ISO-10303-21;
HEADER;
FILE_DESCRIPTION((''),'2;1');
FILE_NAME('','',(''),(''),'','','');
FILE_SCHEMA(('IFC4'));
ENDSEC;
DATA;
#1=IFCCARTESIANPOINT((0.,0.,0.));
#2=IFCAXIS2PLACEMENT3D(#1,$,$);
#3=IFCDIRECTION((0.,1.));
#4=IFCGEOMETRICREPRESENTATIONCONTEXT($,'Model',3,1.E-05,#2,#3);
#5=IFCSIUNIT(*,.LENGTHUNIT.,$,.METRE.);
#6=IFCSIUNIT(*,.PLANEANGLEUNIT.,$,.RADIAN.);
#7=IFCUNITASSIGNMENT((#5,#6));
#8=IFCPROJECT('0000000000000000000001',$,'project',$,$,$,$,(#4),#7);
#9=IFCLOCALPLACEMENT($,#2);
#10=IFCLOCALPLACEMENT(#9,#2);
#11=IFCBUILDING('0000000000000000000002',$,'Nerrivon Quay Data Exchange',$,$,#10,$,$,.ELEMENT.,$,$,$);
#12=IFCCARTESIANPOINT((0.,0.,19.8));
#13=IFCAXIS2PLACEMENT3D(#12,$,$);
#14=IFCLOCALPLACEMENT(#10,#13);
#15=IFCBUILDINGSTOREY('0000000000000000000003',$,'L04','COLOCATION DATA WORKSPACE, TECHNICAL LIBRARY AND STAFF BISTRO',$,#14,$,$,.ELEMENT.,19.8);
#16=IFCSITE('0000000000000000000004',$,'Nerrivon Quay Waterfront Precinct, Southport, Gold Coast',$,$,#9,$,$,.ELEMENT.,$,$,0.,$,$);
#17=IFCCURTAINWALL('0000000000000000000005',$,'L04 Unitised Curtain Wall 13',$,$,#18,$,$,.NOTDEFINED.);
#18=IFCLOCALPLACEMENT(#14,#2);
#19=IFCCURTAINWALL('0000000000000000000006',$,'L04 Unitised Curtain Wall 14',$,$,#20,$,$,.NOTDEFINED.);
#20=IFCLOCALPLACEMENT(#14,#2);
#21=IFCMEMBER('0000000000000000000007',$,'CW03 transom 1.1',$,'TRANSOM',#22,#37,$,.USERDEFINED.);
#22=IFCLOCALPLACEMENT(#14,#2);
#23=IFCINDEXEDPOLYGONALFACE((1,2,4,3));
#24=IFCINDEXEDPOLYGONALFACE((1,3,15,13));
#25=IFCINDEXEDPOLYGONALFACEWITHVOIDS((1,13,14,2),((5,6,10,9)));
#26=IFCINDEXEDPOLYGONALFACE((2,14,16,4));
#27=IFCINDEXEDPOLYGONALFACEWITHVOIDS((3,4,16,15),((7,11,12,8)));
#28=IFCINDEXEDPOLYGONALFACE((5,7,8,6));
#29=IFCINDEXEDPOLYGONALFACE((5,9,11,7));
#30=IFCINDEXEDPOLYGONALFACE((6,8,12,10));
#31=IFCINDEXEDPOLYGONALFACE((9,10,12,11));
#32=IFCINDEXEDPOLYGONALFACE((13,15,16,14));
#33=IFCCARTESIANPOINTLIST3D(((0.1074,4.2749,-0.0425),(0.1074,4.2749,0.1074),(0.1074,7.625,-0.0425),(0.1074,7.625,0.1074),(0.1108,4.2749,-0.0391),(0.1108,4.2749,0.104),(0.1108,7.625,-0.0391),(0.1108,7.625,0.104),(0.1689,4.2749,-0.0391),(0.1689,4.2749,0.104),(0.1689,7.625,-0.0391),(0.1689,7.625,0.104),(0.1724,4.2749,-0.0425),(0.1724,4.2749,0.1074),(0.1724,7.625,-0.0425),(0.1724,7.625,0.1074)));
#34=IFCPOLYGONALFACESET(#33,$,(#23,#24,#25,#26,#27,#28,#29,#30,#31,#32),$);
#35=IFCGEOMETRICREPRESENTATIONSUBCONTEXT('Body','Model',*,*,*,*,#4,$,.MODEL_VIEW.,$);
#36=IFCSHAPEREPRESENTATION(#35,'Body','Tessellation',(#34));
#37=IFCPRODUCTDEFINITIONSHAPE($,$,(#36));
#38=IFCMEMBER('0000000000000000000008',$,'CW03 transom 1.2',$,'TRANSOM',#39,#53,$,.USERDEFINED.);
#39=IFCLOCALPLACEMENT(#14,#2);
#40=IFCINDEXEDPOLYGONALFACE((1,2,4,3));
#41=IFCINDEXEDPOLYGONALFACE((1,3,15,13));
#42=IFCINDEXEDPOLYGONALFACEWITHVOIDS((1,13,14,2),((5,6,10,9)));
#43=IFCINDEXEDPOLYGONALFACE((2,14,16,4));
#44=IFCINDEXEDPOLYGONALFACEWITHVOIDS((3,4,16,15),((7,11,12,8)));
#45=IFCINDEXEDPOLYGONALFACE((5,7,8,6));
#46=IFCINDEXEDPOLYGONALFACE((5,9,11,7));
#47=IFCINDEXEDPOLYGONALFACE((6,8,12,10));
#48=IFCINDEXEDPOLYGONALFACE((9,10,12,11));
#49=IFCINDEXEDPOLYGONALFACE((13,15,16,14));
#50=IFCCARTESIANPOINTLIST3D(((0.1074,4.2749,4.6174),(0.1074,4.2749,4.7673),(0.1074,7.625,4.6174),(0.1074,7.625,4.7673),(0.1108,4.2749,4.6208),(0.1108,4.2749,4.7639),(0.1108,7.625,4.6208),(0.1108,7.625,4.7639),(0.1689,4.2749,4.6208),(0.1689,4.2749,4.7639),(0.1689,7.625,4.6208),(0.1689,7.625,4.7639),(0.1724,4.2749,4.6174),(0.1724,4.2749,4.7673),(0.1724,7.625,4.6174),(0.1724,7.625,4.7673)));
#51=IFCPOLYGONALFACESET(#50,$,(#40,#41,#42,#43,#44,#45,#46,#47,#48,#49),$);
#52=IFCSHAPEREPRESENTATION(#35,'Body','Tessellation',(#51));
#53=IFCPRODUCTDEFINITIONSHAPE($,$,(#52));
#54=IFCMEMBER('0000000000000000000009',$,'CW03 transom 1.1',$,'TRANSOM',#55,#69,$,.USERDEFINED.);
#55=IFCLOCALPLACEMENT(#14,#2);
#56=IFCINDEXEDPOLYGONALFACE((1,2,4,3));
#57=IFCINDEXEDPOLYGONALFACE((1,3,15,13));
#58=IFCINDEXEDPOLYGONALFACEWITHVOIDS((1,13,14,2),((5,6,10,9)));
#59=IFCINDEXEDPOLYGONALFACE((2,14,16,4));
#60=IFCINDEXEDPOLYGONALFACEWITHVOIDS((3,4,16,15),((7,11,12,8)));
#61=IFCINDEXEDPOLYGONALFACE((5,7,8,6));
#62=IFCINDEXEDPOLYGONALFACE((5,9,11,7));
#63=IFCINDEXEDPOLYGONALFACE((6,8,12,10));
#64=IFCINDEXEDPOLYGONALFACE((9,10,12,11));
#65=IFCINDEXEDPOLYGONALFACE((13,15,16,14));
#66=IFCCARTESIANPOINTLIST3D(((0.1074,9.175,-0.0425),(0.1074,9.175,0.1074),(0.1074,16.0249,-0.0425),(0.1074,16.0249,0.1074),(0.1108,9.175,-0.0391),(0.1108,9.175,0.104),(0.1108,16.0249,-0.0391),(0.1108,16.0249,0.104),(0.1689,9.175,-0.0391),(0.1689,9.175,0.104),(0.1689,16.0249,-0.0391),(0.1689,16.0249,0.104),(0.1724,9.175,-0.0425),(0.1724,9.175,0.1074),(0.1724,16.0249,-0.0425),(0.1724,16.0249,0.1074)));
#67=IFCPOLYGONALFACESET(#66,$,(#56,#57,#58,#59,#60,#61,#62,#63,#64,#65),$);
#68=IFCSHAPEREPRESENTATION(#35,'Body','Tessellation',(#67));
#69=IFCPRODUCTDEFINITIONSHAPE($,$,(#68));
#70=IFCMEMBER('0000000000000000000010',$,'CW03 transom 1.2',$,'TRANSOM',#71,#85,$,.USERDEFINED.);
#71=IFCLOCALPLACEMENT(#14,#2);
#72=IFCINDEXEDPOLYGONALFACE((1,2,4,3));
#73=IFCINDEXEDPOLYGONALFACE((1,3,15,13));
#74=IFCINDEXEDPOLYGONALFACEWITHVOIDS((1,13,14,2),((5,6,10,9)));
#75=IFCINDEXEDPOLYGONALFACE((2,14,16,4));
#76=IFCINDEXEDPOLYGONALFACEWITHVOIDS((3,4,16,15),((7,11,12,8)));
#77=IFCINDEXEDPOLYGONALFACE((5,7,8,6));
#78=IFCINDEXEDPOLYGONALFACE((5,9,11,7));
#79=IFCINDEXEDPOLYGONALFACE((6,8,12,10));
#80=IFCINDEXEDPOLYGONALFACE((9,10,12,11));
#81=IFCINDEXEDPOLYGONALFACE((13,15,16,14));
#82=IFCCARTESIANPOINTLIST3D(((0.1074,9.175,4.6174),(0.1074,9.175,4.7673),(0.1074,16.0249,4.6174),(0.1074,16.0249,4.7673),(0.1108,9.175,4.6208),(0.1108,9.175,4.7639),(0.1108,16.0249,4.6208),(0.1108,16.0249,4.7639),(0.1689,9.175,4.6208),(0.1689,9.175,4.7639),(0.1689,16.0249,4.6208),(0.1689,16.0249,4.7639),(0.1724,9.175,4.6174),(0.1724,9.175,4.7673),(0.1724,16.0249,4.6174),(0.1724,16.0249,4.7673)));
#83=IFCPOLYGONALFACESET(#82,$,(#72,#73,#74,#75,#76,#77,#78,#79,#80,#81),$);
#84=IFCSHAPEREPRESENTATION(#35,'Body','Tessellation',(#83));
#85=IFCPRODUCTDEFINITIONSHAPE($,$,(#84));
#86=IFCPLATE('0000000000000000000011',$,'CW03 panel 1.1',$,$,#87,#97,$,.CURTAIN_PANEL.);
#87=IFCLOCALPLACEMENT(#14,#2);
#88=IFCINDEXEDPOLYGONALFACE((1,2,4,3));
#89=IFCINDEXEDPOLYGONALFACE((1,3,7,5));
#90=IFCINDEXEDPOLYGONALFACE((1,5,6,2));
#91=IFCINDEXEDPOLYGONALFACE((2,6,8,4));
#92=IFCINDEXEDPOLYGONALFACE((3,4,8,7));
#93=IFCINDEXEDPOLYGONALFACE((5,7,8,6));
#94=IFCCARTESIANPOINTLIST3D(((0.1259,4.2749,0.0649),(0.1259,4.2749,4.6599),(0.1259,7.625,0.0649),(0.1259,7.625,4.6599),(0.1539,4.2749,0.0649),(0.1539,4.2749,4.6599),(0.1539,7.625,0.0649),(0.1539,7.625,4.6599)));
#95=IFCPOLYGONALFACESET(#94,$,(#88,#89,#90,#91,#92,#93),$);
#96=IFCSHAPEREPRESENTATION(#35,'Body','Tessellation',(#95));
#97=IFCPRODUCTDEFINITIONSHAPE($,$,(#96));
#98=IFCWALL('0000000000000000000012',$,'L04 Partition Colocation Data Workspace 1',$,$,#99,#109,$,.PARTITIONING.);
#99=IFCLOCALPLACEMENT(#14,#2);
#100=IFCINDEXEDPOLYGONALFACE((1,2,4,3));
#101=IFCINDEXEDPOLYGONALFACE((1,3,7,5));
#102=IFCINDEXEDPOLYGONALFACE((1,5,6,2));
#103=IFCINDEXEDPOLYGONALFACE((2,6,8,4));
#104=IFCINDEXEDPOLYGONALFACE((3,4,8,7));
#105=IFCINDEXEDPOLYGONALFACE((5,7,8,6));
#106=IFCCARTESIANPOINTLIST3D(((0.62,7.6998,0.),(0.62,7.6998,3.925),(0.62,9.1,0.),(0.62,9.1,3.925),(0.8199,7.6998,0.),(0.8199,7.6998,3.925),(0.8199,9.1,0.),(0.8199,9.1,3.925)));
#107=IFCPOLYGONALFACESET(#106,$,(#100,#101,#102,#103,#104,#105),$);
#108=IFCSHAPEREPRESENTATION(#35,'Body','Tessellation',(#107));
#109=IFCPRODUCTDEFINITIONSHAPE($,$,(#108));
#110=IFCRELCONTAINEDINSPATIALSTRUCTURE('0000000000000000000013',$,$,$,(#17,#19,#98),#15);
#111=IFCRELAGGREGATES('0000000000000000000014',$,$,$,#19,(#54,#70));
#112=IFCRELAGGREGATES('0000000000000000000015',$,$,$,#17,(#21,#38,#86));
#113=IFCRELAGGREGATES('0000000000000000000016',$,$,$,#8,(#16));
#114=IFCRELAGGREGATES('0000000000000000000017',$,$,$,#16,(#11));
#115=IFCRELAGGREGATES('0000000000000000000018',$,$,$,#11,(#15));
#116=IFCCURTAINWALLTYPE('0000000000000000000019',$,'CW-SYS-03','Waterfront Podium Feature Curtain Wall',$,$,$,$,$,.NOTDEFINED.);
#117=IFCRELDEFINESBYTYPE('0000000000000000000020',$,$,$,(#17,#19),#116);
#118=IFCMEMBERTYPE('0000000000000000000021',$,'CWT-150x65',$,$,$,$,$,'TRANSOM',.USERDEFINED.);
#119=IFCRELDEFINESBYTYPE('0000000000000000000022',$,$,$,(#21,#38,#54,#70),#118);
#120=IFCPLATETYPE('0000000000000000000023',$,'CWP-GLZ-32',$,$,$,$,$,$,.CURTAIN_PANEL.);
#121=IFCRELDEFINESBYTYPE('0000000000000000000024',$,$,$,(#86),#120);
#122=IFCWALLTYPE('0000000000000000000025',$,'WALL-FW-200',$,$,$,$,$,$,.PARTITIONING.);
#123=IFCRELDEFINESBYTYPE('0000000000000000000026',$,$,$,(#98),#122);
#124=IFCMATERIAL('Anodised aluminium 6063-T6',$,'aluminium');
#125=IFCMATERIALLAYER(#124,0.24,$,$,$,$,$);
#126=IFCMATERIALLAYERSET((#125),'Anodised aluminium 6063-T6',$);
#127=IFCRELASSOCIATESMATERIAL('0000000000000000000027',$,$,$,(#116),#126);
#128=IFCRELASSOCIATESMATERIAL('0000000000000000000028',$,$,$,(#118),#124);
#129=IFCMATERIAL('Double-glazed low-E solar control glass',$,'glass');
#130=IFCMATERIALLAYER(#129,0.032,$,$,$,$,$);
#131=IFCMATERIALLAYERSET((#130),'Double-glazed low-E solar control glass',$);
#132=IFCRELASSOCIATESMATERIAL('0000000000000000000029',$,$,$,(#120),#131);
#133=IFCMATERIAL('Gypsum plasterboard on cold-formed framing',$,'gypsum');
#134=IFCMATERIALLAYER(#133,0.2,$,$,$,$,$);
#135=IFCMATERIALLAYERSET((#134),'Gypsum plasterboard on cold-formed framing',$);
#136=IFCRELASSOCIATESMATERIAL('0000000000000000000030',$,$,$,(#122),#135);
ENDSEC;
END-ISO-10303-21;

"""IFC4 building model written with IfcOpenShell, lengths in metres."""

from ifc_helpers import new_model, si_unit, direction, frame, frame_2d, origin, origin_2d, place, context, subcontext, project, spatial, rectangle, hollow_rectangle, extrude, material, layer, layer_set, material_profile, profile_set, type_object, element, aggregate, save


model = new_model("IFC4")

# Units and contexts
model_context = context("Model", 3, precision=1e-05, world=origin(), true_north=direction((0.0, 1.0)))
body_context = subcontext(model_context, "Body", "Model", "MODEL_VIEW")
ifc_project = project(units=[si_unit("LENGTHUNIT", "METRE"), si_unit("PLANEANGLEUNIT", "RADIAN")], contexts=[model_context])

# Site, building, storey
site_placement = place(None, origin())
site = spatial("IfcSite", under=ifc_project, at=site_placement, Name="Nerrivon Quay Waterfront Precinct, Southport, Gold Coast", CompositionType="ELEMENT", RefElevation=0.0)
building_placement = place(site_placement, origin())
building = spatial("IfcBuilding", under=site, at=building_placement, Name="Nerrivon Quay Data Exchange", CompositionType="ELEMENT")
storey_placement = place(building_placement, frame((0.0, 0.0, 19.8)))
storey = spatial("IfcBuildingStorey", under=building, at=storey_placement, Name="L04", Description="COLOCATION DATA WORKSPACE, TECHNICAL LIBRARY AND STAFF BISTRO", CompositionType="ELEMENT", Elevation=19.8)

# Curtain wall
ifc_material_1 = material(Name="Anodised aluminium 6063-T6", Category="aluminium")
ifc_layer_1 = layer(ifc_material_1, 0.24)
ifc_layer_set_1 = layer_set([ifc_layer_1], Name="Anodised aluminium 6063-T6")
curtain_wall_type = type_object("IfcCurtainWallType", Name="CW-SYS-03", Description="Waterfront Podium Feature Curtain Wall", PredefinedType="NOTDEFINED", material=ifc_layer_set_1)
curtain_wall_1_placement = place(storey_placement, origin())
curtain_wall_1 = element("IfcCurtainWall", 1, at=curtain_wall_1_placement, inside=storey, type_object=curtain_wall_type, Name="L04 Unitised Curtain Wall 13", PredefinedType="NOTDEFINED")

# Curtain wall
curtain_wall_2_placement = place(storey_placement, origin())
curtain_wall_2 = element("IfcCurtainWall", 2, at=curtain_wall_2_placement, inside=storey, type_object=curtain_wall_type, Name="L04 Unitised Curtain Wall 14", PredefinedType="NOTDEFINED")

# Members
ifc_material_profile_1 = material_profile(ifc_material_1, hollow_rectangle(XDim=0.0649, YDim=0.1499, WallThickness=0.0034, at=origin_2d()), Name="ALU-TRAN-150x65")
ifc_profile_set_1 = profile_set([ifc_material_profile_1], Name="Anodised aluminium 6063-T6")
member_type_1 = type_object("IfcMemberType", Name="CWT-150x65", ElementType="TRANSOM", PredefinedType="USERDEFINED", material=ifc_profile_set_1)
member_1_placement = place(storey_placement, frame((0.1399, 4.2749, 0.0325), z_axis=(0.0, 1.0, 0.0), x_axis=(-1.0, 0.0, 0.0)))
member_1 = element("IfcMember", 3, at=member_1_placement, type_object=member_type_1, Name="CW03 transom 1.1", ObjectType="TRANSOM", PredefinedType="USERDEFINED", context=body_context, shape_type="SweptSolid", body=[
    extrude(hollow_rectangle(XDim=0.0649, YDim=0.1499, WallThickness=0.0034, at=origin_2d()), origin(), (0.0, 0.0, 1.0), 3.3501),
])
member_2_placement = place(storey_placement, frame((0.1399, 4.2749, 4.6924), z_axis=(0.0, 1.0, 0.0), x_axis=(-1.0, 0.0, 0.0)))
member_2 = element("IfcMember", 4, at=member_2_placement, type_object=member_type_1, Name="CW03 transom 1.2", ObjectType="TRANSOM", PredefinedType="USERDEFINED", context=body_context, shape_type="SweptSolid", body=[
    extrude(hollow_rectangle(XDim=0.0649, YDim=0.1499, WallThickness=0.0034, at=origin_2d()), origin(), (0.0, 0.0, 1.0), 3.3501),
])
member_3_placement = place(storey_placement, frame((0.1399, 9.175, 0.0325), z_axis=(0.0, 1.0, 0.0), x_axis=(-1.0, 0.0, 0.0)))
member_3 = element("IfcMember", 5, at=member_3_placement, type_object=member_type_1, Name="CW03 transom 1.1", ObjectType="TRANSOM", PredefinedType="USERDEFINED", context=body_context, shape_type="SweptSolid", body=[
    extrude(hollow_rectangle(XDim=0.0649, YDim=0.1499, WallThickness=0.0034, at=origin_2d()), origin(), (0.0, 0.0, 1.0), 6.8499),
])
member_4_placement = place(storey_placement, frame((0.1399, 9.175, 4.6924), z_axis=(0.0, 1.0, 0.0), x_axis=(-1.0, 0.0, 0.0)))
member_4 = element("IfcMember", 6, at=member_4_placement, type_object=member_type_1, Name="CW03 transom 1.2", ObjectType="TRANSOM", PredefinedType="USERDEFINED", context=body_context, shape_type="SweptSolid", body=[
    extrude(hollow_rectangle(XDim=0.0649, YDim=0.1499, WallThickness=0.0034, at=origin_2d()), origin(), (0.0, 0.0, 1.0), 6.8499),
])
aggregate(curtain_wall_2, [member_3, member_4])

# Plate
ifc_material_2 = material(Name="Double-glazed low-E solar control glass", Category="glass")
ifc_layer_2 = layer(ifc_material_2, 0.032)
ifc_layer_set_2 = layer_set([ifc_layer_2], Name="Double-glazed low-E solar control glass")
plate_type = type_object("IfcPlateType", Name="CWP-GLZ-32", PredefinedType="CURTAIN_PANEL", material=ifc_layer_set_2)
plate_placement = place(storey_placement, frame((0.1399, 5.95, 0.0649), z_axis=(0.0, 0.0, 1.0), x_axis=(0.0, 1.0, 0.0)))
plate = element("IfcPlate", 7, at=plate_placement, type_object=plate_type, Name="CW03 panel 1.1", PredefinedType="CURTAIN_PANEL", context=body_context, shape_type="SweptSolid", body=[
    extrude(rectangle(XDim=3.3501, YDim=0.0281, at=origin_2d()), origin(), (0.0, 0.0, 1.0), 4.595),
])
aggregate(curtain_wall_1, [member_1, member_2, plate])

# Wall
ifc_material_3 = material(Name="Gypsum plasterboard on cold-formed framing", Category="gypsum")
ifc_layer_3 = layer(ifc_material_3, 0.2)
ifc_layer_set_3 = layer_set([ifc_layer_3], Name="Gypsum plasterboard on cold-formed framing")
wall_type = type_object("IfcWallType", Name="WALL-FW-200", PredefinedType="PARTITIONING", material=ifc_layer_set_3)
wall_placement = place(storey_placement, frame((0.72, 9.1001, 0.0), z_axis=(0.0, 0.0, 1.0), x_axis=(0.0, -1.0, 0.0)))
element("IfcWall", 8, at=wall_placement, inside=storey, type_object=wall_type, Name="L04 Partition Colocation Data Workspace 1", PredefinedType="PARTITIONING", context=body_context, shape_type="SweptSolid", body=[
    extrude(rectangle(XDim=1.4001, YDim=0.2, at=frame_2d((0.7002, 0.0))), origin(), (0.0, 0.0, 1.0), 3.925),
])

save(model, "model.ifc")
